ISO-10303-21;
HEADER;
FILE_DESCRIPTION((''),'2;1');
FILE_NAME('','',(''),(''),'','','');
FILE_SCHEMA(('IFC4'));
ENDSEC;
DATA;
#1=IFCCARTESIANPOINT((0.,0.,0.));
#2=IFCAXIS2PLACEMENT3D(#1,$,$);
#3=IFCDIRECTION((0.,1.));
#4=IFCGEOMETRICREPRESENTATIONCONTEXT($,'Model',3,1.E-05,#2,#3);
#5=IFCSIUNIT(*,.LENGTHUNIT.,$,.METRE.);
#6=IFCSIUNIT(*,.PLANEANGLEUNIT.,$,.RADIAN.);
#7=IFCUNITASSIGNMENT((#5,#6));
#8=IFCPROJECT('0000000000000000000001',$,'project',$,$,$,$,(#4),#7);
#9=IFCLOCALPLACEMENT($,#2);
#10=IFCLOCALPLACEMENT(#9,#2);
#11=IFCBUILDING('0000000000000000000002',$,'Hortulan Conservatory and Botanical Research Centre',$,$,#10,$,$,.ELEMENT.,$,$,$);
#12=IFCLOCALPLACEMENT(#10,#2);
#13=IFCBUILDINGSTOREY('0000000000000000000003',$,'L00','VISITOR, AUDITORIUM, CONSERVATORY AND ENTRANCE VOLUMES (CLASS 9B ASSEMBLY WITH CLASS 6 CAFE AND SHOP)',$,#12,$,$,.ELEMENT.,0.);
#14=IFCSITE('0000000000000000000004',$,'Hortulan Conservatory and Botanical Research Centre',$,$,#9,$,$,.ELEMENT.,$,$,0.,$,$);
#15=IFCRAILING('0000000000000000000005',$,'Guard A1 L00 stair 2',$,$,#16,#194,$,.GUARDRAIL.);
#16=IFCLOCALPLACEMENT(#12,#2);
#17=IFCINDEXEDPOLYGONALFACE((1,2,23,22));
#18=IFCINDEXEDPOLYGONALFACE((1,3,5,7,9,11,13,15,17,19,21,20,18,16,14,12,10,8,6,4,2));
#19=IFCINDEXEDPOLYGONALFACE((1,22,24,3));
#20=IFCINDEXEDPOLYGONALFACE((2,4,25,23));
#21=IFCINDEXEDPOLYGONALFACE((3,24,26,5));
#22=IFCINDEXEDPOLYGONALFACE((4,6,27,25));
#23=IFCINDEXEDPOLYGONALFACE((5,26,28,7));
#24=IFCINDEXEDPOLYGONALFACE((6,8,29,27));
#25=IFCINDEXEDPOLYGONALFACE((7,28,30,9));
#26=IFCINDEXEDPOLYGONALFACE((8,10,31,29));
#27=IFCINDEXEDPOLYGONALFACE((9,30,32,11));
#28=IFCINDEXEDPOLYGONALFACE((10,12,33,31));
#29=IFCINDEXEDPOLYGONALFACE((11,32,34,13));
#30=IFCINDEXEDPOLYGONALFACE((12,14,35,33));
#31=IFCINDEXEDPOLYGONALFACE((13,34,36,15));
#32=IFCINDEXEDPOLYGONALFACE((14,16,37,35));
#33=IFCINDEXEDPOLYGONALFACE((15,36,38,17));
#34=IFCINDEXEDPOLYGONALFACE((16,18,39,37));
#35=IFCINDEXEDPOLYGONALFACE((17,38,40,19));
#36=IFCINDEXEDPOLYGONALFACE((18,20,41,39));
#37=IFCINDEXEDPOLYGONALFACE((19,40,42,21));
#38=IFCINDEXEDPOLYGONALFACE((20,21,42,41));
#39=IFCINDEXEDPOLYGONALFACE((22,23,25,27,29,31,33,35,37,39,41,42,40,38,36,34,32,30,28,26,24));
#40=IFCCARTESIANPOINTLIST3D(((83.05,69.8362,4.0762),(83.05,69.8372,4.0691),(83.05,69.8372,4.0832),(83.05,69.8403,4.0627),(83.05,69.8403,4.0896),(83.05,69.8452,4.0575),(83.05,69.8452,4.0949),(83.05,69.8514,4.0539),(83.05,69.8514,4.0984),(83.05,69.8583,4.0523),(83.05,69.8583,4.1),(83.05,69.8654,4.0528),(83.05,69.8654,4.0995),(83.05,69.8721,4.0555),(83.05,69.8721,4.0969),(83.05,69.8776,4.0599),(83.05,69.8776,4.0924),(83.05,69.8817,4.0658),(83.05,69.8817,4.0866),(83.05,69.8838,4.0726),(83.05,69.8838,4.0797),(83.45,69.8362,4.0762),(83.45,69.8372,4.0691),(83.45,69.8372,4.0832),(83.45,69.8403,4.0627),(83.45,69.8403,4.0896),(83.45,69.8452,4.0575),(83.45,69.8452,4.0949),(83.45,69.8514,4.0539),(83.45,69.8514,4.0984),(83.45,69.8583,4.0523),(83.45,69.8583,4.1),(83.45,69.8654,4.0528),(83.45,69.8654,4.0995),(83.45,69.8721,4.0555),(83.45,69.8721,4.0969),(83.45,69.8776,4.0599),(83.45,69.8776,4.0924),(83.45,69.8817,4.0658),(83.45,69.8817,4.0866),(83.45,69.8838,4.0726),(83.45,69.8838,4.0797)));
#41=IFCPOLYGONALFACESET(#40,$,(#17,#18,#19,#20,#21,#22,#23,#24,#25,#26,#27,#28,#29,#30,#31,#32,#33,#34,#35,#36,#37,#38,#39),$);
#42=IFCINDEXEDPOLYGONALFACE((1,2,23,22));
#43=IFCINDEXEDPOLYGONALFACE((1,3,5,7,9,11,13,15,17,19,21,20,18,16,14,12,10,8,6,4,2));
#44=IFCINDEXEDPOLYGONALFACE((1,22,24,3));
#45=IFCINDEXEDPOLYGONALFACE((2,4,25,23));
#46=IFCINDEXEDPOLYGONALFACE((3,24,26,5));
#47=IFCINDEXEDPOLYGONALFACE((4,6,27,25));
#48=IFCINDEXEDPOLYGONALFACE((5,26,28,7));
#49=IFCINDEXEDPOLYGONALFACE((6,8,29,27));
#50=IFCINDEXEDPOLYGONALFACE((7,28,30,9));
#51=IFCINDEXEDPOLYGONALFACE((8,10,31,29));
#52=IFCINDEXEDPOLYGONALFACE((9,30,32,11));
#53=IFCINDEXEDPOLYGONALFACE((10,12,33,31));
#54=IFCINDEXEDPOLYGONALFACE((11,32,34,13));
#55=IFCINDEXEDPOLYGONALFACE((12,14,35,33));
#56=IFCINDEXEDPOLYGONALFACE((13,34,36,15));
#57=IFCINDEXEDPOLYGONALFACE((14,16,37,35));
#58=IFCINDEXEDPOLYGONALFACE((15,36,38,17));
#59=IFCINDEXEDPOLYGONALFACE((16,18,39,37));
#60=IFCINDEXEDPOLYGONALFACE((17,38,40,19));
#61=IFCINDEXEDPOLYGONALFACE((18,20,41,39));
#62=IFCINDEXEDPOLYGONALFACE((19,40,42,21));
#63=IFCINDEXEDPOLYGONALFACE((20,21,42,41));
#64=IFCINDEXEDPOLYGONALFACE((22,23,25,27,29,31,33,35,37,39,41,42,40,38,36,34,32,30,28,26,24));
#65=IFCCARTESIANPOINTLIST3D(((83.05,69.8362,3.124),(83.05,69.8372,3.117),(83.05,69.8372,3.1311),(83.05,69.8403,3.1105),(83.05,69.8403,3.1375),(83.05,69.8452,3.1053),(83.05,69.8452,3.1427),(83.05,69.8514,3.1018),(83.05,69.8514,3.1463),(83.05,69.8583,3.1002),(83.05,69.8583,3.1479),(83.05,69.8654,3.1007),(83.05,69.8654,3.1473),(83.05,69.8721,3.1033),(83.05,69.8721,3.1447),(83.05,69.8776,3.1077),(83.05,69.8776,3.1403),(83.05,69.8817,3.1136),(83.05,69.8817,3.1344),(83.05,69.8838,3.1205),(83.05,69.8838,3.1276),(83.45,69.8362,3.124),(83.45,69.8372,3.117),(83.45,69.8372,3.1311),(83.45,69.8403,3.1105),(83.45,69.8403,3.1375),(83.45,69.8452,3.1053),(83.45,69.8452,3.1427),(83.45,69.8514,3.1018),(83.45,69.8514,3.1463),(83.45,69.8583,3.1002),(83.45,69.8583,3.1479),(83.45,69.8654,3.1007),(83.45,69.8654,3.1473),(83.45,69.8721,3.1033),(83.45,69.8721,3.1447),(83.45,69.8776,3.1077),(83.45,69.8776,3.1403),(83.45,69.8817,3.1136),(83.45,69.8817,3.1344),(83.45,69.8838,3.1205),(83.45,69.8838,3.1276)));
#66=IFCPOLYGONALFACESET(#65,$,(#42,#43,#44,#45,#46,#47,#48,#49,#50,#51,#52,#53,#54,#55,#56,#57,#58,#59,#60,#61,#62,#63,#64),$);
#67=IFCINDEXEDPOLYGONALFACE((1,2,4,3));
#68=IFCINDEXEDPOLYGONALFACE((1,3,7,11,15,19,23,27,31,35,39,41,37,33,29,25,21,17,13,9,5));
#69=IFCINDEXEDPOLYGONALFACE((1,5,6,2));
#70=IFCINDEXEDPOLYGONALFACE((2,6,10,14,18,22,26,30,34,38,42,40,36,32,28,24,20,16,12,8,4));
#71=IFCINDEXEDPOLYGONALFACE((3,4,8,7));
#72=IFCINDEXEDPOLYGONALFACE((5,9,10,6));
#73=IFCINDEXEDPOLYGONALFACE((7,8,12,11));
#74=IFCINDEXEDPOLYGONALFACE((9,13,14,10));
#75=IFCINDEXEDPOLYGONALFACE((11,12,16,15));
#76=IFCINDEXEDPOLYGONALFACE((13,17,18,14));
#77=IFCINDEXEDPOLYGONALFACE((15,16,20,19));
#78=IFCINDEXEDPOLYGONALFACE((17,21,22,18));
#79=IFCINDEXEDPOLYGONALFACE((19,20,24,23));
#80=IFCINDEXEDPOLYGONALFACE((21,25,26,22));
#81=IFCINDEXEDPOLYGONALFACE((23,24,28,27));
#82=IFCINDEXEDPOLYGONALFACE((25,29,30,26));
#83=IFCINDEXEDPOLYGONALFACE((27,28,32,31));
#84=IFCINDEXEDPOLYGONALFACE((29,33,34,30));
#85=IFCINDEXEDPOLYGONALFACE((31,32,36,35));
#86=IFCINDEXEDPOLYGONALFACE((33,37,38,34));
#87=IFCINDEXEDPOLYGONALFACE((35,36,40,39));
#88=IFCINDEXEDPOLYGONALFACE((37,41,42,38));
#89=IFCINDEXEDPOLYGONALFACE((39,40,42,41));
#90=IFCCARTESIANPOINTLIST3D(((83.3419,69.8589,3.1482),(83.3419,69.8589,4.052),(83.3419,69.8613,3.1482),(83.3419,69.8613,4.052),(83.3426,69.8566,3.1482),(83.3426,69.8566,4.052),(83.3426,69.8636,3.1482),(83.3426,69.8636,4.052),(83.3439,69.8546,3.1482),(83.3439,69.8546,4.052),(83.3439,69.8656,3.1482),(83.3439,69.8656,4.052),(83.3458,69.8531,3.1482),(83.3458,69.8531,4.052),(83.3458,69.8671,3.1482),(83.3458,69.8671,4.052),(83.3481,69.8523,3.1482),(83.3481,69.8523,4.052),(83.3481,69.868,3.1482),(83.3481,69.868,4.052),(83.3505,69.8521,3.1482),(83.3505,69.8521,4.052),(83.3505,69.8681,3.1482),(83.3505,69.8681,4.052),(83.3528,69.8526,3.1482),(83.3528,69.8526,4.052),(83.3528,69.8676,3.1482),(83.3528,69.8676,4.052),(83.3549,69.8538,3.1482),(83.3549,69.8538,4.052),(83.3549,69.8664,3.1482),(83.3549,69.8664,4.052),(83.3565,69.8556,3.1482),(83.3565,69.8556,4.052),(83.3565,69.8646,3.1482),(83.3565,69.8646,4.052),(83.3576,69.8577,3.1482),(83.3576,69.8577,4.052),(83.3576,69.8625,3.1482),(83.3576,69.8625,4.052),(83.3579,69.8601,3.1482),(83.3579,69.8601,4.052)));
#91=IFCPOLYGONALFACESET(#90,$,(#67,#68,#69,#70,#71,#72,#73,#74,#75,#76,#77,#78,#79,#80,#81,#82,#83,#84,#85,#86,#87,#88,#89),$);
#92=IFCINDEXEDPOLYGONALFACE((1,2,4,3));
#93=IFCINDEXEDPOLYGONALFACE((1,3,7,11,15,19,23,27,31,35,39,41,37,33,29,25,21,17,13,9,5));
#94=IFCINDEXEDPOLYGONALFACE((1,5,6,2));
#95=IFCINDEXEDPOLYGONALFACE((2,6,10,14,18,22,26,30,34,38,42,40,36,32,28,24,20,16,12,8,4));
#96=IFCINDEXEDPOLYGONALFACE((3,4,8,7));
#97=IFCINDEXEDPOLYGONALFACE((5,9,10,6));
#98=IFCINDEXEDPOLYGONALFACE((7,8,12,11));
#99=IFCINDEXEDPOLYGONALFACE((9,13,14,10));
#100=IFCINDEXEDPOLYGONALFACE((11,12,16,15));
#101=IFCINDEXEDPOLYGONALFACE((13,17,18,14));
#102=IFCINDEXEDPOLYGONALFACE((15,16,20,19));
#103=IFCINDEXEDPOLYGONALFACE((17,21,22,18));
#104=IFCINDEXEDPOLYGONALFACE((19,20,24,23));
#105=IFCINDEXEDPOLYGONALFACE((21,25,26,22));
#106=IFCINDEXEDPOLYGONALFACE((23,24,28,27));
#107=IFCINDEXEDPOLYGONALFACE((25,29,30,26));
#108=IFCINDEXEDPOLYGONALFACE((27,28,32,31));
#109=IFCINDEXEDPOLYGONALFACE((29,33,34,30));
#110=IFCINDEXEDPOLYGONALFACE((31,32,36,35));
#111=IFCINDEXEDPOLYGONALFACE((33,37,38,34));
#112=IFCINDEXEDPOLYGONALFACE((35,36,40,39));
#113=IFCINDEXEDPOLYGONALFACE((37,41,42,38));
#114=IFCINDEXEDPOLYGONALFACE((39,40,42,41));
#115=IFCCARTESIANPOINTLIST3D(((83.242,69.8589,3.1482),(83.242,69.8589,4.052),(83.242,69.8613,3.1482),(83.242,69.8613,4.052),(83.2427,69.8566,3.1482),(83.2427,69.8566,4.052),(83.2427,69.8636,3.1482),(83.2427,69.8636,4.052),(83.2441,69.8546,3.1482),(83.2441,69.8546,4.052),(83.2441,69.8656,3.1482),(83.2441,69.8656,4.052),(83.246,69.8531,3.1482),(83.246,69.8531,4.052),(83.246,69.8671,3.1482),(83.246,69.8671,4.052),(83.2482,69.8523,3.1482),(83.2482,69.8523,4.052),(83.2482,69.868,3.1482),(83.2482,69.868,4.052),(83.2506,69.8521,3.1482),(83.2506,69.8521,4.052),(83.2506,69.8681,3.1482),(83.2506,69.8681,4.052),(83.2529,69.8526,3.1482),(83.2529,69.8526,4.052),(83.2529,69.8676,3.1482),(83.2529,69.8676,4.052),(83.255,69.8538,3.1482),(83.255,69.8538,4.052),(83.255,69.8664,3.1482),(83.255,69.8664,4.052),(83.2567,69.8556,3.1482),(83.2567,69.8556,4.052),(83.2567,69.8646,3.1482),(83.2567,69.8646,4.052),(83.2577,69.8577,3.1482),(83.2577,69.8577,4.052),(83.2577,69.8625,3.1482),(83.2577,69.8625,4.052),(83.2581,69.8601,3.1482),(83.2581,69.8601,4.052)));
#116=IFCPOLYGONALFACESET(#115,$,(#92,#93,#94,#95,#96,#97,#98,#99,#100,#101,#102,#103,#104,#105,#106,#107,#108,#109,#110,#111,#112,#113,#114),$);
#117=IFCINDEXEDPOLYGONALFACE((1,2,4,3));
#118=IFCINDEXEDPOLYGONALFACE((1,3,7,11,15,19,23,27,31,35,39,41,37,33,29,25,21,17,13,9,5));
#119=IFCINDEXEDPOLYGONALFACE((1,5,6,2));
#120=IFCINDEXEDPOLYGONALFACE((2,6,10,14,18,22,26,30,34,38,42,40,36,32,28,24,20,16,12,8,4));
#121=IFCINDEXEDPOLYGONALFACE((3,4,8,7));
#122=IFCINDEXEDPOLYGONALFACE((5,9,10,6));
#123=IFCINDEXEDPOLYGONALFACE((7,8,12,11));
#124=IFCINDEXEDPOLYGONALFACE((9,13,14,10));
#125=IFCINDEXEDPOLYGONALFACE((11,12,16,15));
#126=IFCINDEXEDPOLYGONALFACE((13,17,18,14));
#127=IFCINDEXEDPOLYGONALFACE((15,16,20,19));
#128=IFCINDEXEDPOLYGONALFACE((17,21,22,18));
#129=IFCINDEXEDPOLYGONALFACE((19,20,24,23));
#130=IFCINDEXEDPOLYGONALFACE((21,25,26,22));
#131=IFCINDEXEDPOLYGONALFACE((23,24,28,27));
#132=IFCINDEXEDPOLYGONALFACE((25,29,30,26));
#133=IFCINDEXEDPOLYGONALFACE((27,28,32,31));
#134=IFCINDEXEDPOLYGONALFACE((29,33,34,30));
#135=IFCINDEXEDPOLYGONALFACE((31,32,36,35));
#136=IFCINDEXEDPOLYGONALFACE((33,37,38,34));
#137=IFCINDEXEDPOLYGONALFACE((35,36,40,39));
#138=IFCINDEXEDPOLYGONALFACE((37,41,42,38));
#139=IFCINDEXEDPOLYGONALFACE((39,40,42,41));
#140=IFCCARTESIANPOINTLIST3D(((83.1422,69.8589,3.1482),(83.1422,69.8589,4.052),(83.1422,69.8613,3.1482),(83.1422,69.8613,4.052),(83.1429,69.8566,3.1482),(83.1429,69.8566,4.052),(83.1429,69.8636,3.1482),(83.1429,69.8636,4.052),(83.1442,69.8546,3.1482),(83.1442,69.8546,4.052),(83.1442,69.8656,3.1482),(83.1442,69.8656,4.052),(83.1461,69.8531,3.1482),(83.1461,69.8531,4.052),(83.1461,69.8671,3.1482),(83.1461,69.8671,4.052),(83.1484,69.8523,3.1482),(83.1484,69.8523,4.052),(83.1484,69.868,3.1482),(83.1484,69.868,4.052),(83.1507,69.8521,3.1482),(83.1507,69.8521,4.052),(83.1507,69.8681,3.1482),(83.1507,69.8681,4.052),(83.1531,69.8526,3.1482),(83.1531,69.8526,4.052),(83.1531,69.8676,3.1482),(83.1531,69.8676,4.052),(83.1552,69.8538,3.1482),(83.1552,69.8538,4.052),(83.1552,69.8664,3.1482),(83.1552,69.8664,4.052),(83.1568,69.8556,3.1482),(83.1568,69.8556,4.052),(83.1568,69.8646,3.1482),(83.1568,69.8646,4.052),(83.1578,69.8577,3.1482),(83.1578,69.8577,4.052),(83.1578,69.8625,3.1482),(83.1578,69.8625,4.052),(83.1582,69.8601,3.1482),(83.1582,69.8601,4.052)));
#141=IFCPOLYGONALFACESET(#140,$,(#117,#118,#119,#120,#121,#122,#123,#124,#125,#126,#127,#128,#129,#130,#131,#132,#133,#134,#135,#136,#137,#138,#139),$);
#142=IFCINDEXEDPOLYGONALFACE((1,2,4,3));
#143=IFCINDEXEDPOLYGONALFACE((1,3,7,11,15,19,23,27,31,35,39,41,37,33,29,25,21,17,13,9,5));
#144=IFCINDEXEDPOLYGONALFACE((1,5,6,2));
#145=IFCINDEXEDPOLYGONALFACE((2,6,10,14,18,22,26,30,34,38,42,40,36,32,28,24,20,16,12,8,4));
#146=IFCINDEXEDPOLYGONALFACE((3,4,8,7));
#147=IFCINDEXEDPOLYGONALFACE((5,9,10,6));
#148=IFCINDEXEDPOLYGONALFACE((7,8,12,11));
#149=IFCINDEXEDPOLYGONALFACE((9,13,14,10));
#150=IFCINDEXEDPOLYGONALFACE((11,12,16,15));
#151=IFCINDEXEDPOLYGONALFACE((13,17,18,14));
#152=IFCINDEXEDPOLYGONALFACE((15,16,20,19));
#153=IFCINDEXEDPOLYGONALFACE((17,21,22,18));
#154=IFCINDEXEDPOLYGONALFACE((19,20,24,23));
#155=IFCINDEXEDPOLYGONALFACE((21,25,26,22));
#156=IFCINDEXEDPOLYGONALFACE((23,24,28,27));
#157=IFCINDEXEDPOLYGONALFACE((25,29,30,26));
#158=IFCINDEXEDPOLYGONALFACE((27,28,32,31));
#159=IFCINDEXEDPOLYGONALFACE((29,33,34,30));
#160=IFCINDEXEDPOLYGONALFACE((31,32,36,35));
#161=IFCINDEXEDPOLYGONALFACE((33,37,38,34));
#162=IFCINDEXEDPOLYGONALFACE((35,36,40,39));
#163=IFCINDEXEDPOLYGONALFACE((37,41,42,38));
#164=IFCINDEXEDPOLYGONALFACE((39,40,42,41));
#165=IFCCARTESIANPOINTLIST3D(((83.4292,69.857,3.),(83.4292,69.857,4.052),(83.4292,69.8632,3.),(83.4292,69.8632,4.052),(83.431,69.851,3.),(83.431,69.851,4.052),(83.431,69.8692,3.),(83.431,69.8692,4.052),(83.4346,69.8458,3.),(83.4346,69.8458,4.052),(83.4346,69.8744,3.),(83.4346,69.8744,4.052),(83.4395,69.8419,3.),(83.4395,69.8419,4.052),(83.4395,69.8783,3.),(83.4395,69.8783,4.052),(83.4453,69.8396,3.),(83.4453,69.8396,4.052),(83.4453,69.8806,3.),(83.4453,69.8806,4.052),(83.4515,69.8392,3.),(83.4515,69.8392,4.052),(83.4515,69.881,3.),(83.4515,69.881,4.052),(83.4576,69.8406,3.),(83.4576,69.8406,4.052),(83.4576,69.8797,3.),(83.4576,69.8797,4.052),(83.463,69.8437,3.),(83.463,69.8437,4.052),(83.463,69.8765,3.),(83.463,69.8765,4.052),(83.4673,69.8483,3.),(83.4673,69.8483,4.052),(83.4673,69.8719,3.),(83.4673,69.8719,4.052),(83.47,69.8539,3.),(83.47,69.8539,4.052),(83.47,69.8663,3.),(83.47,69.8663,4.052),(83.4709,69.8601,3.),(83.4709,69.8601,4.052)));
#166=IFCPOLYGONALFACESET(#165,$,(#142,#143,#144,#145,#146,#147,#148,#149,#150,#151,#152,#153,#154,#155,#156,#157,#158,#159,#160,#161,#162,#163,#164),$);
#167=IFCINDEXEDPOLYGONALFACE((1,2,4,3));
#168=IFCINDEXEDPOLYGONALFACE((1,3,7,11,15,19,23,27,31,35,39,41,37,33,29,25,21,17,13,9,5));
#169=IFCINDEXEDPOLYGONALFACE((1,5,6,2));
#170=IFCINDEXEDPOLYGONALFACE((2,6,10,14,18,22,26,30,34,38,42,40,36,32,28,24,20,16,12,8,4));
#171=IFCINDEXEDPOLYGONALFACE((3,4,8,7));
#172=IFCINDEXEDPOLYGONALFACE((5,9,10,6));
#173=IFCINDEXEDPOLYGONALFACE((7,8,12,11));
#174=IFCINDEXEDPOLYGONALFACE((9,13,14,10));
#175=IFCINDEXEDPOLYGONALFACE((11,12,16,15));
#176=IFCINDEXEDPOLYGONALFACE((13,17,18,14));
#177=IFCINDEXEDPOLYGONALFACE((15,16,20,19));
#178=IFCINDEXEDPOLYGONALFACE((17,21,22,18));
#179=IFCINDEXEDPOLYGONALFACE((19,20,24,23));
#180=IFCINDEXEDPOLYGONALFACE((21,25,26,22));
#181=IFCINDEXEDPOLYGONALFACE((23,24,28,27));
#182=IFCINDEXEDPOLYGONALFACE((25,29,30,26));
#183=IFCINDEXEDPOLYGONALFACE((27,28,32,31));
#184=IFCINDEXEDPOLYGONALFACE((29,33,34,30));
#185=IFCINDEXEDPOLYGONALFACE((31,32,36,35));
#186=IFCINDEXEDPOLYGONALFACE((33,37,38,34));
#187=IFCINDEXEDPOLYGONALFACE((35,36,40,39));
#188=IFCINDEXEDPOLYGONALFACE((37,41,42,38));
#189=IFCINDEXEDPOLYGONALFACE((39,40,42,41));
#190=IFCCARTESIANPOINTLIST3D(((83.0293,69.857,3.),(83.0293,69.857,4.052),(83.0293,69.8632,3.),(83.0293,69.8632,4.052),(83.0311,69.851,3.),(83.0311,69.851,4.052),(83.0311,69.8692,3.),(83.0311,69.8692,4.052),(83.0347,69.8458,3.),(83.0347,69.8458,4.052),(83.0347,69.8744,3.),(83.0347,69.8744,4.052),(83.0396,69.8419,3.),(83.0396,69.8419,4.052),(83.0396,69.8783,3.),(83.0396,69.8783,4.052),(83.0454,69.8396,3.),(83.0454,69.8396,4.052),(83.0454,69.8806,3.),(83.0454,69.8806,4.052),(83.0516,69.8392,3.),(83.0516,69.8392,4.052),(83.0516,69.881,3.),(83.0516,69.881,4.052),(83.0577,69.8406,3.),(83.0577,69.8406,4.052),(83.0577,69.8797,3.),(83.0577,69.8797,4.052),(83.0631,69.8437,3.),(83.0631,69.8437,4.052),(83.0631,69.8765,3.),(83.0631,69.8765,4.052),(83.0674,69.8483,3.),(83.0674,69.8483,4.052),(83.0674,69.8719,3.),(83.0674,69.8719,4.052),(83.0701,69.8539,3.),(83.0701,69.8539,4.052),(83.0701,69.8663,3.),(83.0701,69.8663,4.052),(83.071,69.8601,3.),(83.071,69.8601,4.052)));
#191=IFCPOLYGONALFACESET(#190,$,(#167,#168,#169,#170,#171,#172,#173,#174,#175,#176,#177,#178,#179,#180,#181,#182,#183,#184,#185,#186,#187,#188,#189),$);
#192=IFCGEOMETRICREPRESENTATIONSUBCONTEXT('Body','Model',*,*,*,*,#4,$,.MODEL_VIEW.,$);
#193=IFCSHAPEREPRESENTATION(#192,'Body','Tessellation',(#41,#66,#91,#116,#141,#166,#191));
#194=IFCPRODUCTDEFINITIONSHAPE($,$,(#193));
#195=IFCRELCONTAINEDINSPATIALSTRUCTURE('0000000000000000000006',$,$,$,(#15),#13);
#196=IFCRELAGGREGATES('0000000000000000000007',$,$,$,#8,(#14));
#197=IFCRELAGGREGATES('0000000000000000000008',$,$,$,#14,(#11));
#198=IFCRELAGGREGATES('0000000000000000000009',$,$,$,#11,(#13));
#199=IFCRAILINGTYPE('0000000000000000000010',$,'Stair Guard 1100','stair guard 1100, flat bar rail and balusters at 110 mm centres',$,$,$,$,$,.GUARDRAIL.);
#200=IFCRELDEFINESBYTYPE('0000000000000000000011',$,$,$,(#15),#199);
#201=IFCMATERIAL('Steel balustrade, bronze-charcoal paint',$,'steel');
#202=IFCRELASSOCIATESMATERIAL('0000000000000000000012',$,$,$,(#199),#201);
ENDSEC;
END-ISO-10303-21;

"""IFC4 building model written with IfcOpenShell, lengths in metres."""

from ifc_helpers import new_model, si_unit, direction, frame, origin, origin_2d, place, context, subcontext, project, spatial, circle, extrude, material, type_object, element, save


model = new_model("IFC4")

# Units and contexts
model_context = context("Model", 3, precision=1e-05, world=origin(), true_north=direction((0.0, 1.0)))
body_context = subcontext(model_context, "Body", "Model", "MODEL_VIEW")
ifc_project = project(units=[si_unit("LENGTHUNIT", "METRE"), si_unit("PLANEANGLEUNIT", "RADIAN")], contexts=[model_context])

# Site, building, storey
site_placement = place(None, origin())
site = spatial("IfcSite", under=ifc_project, at=site_placement, Name="Hortulan Conservatory and Botanical Research Centre", CompositionType="ELEMENT", RefElevation=0.0)
building_placement = place(site_placement, origin())
building = spatial("IfcBuilding", under=site, at=building_placement, Name="Hortulan Conservatory and Botanical Research Centre", CompositionType="ELEMENT")
storey_placement = place(building_placement, origin())
storey = spatial("IfcBuildingStorey", under=building, at=storey_placement, Name="L00", Description="VISITOR, AUDITORIUM, CONSERVATORY AND ENTRANCE VOLUMES (CLASS 9B ASSEMBLY WITH CLASS 6 CAFE AND SHOP)", CompositionType="ELEMENT", Elevation=0.0)

# Railing
ifc_material_1 = material(Name="Steel balustrade, bronze-charcoal paint", Category="steel")
railing_type_1 = type_object("IfcRailingType", Name="Stair Guard 1100", Description="stair guard 1100, flat bar rail and balusters at 110 mm centres", PredefinedType="GUARDRAIL", material=ifc_material_1)
railing_1_placement = place(storey_placement, frame((83.45, 69.8601, 3.0)))
element("IfcRailing", 1, at=railing_1_placement, inside=storey, type_object=railing_type_1, Name="Guard A1 L00 stair 2", PredefinedType="GUARDRAIL", context=body_context, shape_type="SweptSolid", body=[
    extrude(circle(Radius=0.0239, at=origin_2d()), frame((0.0, 0.0, 1.0762), z_axis=(-1.0, 0.0, 0.0), x_axis=(0.0, -1.0, 0.0)), (0.0, 0.0, 1.0), 0.3999),
    extrude(circle(Radius=0.0239, at=origin_2d()), frame((0.0, 0.0, 0.124), z_axis=(-1.0, 0.0, 0.0), x_axis=(0.0, -1.0, 0.0)), (0.0, 0.0, 1.0), 0.3999),
    extrude(circle(Radius=0.0081, at=origin_2d()), frame((-0.1001, 0.0, 0.1482)), (0.0, 0.0, 1.0), 0.9038),
    extrude(circle(Radius=0.0081, at=origin_2d()), frame((-0.2, 0.0, 0.1482)), (0.0, 0.0, 1.0), 0.9038),
    extrude(circle(Radius=0.0081, at=origin_2d()), frame((-0.2998, 0.0, 0.1482)), (0.0, 0.0, 1.0), 0.9038),
    extrude(circle(Radius=0.021, at=origin_2d()), origin(), (0.0, 0.0, 1.0), 1.052),
    extrude(circle(Radius=0.021, at=origin_2d()), frame((-0.3999, 0.0, 0.0)), (0.0, 0.0, 1.0), 1.052),
])

save(model, "model.ifc")
